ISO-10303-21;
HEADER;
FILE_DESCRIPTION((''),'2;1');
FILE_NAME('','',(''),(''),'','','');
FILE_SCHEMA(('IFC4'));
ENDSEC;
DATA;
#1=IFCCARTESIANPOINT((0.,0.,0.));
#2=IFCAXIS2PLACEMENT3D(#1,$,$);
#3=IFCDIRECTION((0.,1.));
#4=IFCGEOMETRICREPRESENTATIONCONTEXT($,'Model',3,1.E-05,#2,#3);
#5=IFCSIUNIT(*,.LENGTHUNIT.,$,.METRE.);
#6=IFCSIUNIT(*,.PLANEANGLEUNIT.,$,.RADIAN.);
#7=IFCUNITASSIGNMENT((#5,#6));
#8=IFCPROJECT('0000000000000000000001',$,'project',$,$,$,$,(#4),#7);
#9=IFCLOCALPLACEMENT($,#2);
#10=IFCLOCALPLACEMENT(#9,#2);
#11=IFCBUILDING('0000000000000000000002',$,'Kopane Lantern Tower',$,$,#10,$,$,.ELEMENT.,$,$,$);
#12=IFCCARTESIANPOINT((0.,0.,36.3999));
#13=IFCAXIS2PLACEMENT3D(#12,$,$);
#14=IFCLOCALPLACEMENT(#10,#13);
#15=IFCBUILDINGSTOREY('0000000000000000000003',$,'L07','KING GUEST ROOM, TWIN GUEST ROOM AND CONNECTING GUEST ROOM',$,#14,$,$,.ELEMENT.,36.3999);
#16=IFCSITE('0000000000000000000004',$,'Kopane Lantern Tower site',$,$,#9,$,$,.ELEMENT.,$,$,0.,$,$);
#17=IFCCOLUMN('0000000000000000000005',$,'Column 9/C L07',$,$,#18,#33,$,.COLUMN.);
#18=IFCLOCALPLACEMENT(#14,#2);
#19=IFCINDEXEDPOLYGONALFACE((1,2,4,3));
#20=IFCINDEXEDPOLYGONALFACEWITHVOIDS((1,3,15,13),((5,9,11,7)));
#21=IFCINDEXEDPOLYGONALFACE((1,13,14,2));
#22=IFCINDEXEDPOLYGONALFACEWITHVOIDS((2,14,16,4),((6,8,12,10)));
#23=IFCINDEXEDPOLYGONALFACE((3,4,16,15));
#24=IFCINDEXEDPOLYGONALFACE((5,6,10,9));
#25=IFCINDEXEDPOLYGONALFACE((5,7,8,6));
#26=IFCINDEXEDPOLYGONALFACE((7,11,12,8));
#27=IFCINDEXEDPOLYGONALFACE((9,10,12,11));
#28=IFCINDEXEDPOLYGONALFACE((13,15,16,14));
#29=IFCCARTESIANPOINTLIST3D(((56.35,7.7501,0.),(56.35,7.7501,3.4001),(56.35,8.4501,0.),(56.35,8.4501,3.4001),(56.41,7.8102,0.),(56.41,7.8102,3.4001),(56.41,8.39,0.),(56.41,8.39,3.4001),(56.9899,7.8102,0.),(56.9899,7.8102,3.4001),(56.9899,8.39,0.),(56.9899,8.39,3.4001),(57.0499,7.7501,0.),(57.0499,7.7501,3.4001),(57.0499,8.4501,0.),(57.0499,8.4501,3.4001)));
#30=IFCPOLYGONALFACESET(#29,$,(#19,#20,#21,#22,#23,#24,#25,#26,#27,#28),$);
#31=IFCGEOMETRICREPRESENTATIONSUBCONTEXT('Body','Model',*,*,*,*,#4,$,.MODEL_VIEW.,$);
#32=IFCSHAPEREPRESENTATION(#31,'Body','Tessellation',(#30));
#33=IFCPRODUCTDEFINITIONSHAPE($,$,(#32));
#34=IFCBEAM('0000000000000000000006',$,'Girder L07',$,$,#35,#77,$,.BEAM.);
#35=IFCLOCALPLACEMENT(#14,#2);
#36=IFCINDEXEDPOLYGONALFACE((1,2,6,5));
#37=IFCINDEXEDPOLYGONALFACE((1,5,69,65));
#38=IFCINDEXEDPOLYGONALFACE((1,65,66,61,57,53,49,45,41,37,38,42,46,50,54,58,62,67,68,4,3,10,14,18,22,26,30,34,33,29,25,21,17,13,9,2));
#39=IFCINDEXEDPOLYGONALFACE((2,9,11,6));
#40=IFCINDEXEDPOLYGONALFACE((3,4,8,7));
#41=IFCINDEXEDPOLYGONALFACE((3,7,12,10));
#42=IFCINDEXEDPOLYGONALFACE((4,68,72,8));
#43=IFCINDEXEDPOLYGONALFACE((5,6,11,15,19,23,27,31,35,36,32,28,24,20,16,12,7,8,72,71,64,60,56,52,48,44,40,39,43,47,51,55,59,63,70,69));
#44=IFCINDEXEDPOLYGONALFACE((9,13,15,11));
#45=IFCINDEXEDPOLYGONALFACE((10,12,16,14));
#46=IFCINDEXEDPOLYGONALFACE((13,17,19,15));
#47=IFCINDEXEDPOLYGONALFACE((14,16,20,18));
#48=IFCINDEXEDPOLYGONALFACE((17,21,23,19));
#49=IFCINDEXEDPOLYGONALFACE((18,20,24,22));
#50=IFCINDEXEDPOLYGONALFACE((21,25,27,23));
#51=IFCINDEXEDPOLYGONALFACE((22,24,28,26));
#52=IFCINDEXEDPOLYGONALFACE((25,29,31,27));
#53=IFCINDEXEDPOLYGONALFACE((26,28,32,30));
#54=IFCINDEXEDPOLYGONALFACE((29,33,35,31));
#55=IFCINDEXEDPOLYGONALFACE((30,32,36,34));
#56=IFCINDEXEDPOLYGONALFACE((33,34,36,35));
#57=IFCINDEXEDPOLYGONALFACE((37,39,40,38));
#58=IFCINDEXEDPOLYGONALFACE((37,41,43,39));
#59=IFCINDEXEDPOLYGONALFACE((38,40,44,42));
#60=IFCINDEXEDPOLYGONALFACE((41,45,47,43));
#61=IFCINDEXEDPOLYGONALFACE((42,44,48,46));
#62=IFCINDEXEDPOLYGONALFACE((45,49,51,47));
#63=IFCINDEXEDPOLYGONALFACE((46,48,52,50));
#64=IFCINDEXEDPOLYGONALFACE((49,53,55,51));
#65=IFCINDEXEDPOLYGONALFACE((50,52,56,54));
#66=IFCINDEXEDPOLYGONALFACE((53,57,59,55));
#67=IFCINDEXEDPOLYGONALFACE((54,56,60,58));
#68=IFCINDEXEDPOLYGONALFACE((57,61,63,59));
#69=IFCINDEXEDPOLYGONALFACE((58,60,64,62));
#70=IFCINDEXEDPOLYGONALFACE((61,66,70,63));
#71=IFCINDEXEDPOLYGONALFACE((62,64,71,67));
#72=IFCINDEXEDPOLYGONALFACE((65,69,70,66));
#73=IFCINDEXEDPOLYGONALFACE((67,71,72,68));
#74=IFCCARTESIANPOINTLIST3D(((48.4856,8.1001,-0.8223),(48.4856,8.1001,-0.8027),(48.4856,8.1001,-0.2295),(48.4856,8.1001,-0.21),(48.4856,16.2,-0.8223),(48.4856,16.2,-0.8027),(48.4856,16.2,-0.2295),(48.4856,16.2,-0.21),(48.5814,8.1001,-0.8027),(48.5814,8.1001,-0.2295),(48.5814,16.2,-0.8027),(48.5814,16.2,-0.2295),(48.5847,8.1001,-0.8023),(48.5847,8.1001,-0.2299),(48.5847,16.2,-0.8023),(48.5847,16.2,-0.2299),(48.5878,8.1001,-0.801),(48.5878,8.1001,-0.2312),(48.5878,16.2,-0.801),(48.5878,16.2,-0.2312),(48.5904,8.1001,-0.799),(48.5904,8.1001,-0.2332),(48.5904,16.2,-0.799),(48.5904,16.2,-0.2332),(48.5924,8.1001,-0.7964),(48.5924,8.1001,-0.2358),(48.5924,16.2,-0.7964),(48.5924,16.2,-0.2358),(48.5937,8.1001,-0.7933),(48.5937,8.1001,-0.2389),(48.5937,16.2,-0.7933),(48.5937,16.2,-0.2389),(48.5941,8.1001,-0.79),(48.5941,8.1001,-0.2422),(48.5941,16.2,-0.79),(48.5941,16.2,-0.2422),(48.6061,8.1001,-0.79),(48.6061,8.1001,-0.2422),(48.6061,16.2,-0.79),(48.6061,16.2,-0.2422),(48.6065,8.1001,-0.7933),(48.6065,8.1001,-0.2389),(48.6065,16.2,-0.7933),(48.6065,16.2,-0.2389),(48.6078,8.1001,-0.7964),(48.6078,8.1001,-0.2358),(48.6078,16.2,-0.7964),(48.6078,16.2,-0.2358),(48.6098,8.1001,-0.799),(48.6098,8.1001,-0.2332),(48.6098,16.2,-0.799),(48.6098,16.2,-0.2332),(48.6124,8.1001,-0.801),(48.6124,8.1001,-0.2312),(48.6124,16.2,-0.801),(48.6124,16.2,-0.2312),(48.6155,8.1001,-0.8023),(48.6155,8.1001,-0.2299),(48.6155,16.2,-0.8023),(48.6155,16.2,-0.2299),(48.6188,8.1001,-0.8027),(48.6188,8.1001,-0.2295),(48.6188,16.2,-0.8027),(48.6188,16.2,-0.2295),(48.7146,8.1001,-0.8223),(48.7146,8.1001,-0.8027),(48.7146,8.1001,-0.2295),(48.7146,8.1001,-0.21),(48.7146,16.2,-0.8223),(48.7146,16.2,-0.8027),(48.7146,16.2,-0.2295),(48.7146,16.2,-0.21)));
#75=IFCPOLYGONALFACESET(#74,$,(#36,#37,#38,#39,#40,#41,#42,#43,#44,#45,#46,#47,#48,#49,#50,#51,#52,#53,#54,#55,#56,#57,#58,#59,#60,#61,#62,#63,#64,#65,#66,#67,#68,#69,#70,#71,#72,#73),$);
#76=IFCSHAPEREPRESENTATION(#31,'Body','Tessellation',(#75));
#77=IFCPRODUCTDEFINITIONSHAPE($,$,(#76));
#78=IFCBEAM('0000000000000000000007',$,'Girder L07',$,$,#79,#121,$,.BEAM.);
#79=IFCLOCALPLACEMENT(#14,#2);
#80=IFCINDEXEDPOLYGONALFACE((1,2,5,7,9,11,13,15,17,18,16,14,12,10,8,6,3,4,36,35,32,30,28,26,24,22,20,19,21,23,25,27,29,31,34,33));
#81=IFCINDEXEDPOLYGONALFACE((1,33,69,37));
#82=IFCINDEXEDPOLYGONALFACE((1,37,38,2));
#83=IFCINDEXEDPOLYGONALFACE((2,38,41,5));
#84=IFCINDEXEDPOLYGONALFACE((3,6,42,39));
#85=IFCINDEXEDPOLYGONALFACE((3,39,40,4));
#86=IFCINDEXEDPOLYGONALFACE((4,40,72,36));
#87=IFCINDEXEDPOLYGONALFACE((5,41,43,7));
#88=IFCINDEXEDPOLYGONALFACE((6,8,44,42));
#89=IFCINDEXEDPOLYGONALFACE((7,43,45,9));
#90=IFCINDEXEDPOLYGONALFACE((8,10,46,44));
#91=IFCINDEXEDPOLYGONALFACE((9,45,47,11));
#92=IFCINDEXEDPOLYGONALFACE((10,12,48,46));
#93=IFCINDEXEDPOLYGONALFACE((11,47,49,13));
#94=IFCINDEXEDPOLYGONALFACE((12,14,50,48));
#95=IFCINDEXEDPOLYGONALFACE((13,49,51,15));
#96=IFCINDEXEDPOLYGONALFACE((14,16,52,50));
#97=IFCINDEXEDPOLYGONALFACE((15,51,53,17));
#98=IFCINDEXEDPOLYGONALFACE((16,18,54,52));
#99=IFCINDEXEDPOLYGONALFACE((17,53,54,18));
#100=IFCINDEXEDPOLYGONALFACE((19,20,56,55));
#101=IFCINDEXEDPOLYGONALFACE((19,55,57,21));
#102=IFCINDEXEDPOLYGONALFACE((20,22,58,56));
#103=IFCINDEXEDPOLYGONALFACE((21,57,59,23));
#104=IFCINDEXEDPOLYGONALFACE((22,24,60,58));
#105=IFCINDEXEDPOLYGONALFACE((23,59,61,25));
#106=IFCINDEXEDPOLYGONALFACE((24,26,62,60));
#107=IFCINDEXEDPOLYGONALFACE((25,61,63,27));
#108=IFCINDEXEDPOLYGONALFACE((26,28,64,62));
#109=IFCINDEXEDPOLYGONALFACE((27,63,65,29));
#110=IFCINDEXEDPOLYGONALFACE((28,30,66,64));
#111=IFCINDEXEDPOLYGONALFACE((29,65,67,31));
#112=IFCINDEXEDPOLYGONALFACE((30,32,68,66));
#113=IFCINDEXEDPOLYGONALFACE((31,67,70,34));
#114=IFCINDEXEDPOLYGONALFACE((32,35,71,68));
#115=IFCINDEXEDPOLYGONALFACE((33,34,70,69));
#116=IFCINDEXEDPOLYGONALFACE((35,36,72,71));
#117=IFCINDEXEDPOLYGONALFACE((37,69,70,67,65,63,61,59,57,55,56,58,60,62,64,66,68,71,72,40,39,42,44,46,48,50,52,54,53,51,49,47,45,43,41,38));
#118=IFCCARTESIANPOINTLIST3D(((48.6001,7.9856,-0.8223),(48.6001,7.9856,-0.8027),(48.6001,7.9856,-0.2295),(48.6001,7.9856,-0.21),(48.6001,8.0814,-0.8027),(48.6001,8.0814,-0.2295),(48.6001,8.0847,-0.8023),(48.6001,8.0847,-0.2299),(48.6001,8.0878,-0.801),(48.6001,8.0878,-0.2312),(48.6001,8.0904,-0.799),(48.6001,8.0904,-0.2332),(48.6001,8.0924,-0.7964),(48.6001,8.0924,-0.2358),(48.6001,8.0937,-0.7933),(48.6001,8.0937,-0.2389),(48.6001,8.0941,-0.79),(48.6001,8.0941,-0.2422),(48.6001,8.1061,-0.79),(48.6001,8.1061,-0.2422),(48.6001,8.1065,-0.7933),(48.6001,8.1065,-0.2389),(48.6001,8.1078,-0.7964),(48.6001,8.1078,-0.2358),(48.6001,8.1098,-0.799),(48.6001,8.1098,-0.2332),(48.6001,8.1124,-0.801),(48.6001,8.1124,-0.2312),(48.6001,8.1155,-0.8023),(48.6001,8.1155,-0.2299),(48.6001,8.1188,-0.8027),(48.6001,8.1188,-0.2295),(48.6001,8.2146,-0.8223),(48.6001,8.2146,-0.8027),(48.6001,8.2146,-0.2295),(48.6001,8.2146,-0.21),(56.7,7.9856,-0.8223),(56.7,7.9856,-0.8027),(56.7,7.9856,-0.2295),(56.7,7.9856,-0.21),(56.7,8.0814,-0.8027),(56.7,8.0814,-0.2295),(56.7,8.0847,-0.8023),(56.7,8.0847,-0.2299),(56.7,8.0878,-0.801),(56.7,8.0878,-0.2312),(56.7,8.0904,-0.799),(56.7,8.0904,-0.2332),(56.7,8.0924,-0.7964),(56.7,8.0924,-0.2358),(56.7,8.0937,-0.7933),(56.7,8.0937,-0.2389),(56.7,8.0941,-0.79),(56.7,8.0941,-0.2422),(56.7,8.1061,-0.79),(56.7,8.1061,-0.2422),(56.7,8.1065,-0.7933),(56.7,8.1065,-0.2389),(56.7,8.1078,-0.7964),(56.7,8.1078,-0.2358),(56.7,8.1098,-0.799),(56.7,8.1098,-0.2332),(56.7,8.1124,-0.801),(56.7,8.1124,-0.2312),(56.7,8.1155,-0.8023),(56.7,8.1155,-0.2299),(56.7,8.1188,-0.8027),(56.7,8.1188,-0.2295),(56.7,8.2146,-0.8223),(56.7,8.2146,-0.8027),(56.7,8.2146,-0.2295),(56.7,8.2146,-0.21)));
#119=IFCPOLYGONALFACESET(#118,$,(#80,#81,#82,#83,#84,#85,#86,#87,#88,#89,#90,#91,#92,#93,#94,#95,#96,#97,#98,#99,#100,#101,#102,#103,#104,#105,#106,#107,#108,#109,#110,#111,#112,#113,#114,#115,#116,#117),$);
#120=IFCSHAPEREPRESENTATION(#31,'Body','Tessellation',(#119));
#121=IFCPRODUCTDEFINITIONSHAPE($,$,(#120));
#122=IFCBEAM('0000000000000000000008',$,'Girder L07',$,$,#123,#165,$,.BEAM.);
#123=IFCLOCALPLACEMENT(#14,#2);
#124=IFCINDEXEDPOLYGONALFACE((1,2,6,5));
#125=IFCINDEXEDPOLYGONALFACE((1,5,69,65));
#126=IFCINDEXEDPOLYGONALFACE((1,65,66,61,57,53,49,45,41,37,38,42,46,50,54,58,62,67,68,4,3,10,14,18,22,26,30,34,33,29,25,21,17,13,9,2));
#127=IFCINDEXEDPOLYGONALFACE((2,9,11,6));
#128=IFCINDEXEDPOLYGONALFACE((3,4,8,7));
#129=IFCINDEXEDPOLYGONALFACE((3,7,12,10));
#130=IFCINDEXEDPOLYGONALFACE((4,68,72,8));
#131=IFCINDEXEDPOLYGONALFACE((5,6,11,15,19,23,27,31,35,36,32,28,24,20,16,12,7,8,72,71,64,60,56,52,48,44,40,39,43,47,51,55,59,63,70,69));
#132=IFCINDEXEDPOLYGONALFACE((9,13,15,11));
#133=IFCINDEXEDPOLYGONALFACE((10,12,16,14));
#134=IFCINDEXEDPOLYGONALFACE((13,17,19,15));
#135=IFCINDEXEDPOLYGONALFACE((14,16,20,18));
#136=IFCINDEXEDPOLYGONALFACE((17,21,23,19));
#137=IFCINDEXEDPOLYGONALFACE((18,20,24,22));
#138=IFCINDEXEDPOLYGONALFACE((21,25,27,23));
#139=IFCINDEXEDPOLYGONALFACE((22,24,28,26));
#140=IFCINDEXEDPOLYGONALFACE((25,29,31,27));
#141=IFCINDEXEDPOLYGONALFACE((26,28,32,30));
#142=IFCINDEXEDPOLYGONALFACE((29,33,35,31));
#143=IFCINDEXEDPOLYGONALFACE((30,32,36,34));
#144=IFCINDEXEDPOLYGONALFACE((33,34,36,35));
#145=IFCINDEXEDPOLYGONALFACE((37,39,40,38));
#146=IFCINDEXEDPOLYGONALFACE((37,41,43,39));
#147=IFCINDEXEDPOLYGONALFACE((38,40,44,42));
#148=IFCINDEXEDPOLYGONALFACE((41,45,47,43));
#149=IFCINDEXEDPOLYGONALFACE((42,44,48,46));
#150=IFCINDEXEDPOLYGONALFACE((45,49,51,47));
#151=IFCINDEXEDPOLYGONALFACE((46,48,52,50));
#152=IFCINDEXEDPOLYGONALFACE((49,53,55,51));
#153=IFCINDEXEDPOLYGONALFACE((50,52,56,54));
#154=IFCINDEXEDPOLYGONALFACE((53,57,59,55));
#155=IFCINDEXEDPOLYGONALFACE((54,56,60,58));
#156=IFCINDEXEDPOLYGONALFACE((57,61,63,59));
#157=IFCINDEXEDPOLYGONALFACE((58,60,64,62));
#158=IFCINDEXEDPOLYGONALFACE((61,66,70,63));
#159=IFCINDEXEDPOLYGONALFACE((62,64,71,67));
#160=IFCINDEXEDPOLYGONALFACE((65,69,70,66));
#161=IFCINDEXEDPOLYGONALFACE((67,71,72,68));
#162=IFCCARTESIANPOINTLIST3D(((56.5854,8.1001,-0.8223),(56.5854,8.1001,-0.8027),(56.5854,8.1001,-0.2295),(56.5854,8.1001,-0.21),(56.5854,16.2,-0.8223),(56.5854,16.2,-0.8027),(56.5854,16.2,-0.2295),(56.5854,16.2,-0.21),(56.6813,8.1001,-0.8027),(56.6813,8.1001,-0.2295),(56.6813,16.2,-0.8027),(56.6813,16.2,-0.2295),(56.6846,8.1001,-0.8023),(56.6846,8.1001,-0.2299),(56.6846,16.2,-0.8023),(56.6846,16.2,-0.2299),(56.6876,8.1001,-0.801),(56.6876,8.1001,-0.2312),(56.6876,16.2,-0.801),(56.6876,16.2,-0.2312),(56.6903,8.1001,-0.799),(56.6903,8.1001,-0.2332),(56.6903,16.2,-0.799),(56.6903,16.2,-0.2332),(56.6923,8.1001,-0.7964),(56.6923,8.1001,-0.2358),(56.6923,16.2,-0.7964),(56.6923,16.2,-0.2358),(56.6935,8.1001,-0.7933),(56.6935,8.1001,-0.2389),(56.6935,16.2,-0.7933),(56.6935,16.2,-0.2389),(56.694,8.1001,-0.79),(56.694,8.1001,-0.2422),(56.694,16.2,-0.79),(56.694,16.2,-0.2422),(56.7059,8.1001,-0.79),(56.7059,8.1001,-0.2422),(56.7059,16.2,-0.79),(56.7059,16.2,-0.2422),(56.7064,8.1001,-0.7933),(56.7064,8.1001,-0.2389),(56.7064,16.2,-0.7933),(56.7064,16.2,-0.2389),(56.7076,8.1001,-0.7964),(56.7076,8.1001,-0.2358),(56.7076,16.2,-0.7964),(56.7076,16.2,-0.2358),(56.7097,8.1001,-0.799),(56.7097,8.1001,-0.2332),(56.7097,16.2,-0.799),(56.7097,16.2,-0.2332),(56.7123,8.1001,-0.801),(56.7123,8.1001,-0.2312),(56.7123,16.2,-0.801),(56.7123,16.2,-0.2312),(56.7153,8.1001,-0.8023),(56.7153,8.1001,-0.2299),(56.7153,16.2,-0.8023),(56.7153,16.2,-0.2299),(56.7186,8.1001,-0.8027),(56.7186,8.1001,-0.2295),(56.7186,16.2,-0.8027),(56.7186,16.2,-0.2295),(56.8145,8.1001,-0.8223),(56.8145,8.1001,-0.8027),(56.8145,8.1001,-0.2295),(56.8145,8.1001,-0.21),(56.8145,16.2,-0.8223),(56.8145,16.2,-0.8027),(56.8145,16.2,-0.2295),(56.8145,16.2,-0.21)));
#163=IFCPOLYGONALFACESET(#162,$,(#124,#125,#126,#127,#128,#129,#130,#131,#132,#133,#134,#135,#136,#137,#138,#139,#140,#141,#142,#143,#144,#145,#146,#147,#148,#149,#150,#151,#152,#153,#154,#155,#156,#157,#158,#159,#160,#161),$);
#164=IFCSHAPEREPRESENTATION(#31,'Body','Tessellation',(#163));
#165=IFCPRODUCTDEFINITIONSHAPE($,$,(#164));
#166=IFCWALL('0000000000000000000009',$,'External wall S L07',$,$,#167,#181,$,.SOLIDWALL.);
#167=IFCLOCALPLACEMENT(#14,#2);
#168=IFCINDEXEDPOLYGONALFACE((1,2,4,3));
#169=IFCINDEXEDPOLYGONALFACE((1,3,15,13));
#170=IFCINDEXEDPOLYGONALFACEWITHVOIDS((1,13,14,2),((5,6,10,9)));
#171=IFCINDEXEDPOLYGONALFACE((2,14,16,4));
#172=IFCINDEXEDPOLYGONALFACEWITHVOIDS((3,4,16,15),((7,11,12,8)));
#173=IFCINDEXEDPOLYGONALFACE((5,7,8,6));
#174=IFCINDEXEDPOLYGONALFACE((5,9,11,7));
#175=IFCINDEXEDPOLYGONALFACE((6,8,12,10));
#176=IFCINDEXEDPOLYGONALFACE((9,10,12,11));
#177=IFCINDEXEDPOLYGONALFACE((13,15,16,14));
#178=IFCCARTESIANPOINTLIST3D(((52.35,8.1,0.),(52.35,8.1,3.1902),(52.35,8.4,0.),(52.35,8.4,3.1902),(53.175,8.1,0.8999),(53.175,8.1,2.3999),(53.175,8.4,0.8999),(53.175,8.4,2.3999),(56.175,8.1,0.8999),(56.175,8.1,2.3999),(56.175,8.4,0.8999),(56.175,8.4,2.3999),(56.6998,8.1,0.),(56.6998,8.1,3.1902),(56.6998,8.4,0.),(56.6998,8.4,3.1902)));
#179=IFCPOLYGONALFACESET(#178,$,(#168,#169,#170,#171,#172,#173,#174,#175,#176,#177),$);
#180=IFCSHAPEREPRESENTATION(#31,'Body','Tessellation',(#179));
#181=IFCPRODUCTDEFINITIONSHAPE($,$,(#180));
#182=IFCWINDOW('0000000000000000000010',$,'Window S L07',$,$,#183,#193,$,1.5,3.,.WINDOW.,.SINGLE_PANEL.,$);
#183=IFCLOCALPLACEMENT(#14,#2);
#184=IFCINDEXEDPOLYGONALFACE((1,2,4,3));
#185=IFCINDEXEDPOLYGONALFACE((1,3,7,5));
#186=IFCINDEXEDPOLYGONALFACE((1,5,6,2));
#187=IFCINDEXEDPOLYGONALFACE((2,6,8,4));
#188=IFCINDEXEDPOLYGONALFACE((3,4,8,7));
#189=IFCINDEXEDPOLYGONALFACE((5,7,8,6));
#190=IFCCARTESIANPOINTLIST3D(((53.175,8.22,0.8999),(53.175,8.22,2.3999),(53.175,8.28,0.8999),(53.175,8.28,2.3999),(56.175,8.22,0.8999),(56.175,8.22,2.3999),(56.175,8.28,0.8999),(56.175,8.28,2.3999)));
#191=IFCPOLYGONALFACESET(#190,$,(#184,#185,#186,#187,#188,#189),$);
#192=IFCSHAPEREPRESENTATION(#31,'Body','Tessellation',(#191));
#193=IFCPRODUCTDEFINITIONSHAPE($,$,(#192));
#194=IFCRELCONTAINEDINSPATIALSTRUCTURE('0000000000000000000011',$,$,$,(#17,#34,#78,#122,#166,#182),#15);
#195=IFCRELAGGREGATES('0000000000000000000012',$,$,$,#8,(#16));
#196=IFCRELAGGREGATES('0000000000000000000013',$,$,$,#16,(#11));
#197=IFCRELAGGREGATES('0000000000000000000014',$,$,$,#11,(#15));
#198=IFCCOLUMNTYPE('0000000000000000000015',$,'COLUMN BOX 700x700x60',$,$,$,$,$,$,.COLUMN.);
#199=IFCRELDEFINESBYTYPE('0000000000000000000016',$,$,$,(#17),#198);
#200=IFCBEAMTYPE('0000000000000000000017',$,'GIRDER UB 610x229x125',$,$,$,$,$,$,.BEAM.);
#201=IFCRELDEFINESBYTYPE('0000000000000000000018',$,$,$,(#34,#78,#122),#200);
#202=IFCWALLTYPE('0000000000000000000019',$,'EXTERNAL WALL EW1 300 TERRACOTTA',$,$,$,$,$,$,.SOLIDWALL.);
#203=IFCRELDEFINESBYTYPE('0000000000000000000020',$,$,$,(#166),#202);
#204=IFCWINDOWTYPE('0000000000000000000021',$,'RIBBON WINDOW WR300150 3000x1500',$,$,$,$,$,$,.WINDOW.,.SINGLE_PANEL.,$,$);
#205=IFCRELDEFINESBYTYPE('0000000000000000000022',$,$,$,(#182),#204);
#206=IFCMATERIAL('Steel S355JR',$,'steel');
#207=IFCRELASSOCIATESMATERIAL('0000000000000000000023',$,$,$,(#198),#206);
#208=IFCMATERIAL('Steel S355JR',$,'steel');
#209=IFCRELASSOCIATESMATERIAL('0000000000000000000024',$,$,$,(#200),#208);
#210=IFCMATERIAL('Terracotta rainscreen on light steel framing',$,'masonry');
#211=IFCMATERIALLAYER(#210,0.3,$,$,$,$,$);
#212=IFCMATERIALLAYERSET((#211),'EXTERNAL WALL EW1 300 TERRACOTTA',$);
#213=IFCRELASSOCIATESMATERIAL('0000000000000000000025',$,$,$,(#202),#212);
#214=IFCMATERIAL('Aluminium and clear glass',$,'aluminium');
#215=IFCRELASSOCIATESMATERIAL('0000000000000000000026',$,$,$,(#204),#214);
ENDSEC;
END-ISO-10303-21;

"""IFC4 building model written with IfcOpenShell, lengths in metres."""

from ifc_helpers import new_model, si_unit, direction, frame, frame_2d, origin, origin_2d, place, context, subcontext, project, spatial, rectangle, hollow_rectangle, i_section, extrude, material, layer, layer_set, material_profile, profile_set, type_object, element, fill, save


model = new_model("IFC4")

# Units and contexts
model_context = context("Model", 3, precision=1e-05, world=origin(), true_north=direction((0.0, 1.0)))
body_context = subcontext(model_context, "Body", "Model", "MODEL_VIEW")
ifc_project = project(units=[si_unit("LENGTHUNIT", "METRE"), si_unit("PLANEANGLEUNIT", "RADIAN")], contexts=[model_context])

# Site, building, storey
site_placement = place(None, origin())
site = spatial("IfcSite", under=ifc_project, at=site_placement, Name="Kopane Lantern Tower site", CompositionType="ELEMENT", RefElevation=0.0)
building_placement = place(site_placement, origin())
building = spatial("IfcBuilding", under=site, at=building_placement, Name="Kopane Lantern Tower", CompositionType="ELEMENT")
storey_placement = place(building_placement, frame((0.0, 0.0, 36.3999)))
storey = spatial("IfcBuildingStorey", under=building, at=storey_placement, Name="L07", Description="KING GUEST ROOM, TWIN GUEST ROOM AND CONNECTING GUEST ROOM", CompositionType="ELEMENT", Elevation=36.3999)

# Column
ifc_material_1 = material(Name="Steel S355JR", Category="steel")
ifc_material_profile_1 = material_profile(ifc_material_1, hollow_rectangle(XDim=0.7, YDim=0.7, WallThickness=0.0601, at=origin_2d()), Name="BOX 700x700x60")
ifc_profile_set_1 = profile_set([ifc_material_profile_1], Name="Steel S355JR")
column_type = type_object("IfcColumnType", Name="COLUMN BOX 700x700x60", PredefinedType="COLUMN", material=ifc_profile_set_1)
column_placement = place(storey_placement, frame((56.7, 8.1001, 0.0), z_axis=(0.0, 0.0, 1.0), x_axis=(1.0, 0.0, 0.0)))
element("IfcColumn", 1, at=column_placement, inside=storey, type_object=column_type, Name="Column 9/C L07", PredefinedType="COLUMN", context=body_context, shape_type="SweptSolid", body=[
    extrude(hollow_rectangle(XDim=0.7, YDim=0.7, WallThickness=0.0601, at=origin_2d()), origin(), (0.0, 0.0, 1.0), 3.4001),
])

# Beams
ifc_material_2 = material(Name="Steel S355JR", Category="steel")
ifc_material_profile_2 = material_profile(ifc_material_2, i_section(OverallWidth=0.229, OverallDepth=0.6123, WebThickness=0.012, FlangeThickness=0.0195, FilletRadius=0.0127, at=origin_2d()), Name="UB 610x229x125")
ifc_profile_set_2 = profile_set([ifc_material_profile_2], Name="Steel S355JR")
beam_type = type_object("IfcBeamType", Name="GIRDER UB 610x229x125", PredefinedType="BEAM", material=ifc_profile_set_2)
for number, where, z_axis, x_axis, name in (
    (2, (48.6001, 8.1001, -0.5161), (0.0, 1.0, 0.0), (-1.0, 0.0, 0.0), "Girder L07"),
    (3, (48.6001, 8.1001, -0.5161), (1.0, 0.0, 0.0), (0.0, 1.0, 0.0), "Girder L07"),
    (4, (56.7, 8.1001, -0.5161), (0.0, 1.0, 0.0), (-1.0, 0.0, 0.0), "Girder L07"),
):
    element("IfcBeam", number, at=place(storey_placement, frame(where, z_axis=z_axis, x_axis=x_axis)), inside=storey, type_object=beam_type, Name=name, PredefinedType="BEAM", context=body_context, shape_type="SweptSolid", body=[
        extrude(i_section(OverallWidth=0.229, OverallDepth=0.6123, WebThickness=0.012, FlangeThickness=0.0195, FilletRadius=0.0127, at=origin_2d()), origin(), (0.0, 0.0, 1.0), 8.0999),
    ])

# Wall, opening, window
ifc_material_3 = material(Name="Terracotta rainscreen on light steel framing", Category="masonry")
ifc_layer = layer(ifc_material_3, 0.3)
ifc_layer_set = layer_set([ifc_layer], Name="EXTERNAL WALL EW1 300 TERRACOTTA")
wall_type = type_object("IfcWallType", Name="EXTERNAL WALL EW1 300 TERRACOTTA", PredefinedType="SOLIDWALL", material=ifc_layer_set)
wall_1_placement = place(storey_placement, frame((52.3501, 8.25, 0.0), z_axis=(0.0, 0.0, 1.0), x_axis=(1.0, 0.0, 0.0)))
wall_1 = element("IfcWall", 5, at=wall_1_placement, inside=storey, type_object=wall_type, Name="External wall S L07", PredefinedType="SOLIDWALL", context=body_context, shape_type="SweptSolid", body=[
    extrude(rectangle(XDim=4.3499, YDim=0.3, at=frame_2d((2.1748, 0.0))), origin(), (0.0, 0.0, 1.0), 3.1902),
])
opening_1_placement = place(wall_1_placement, frame((0.825, 0.0, 0.8999)))
opening_1 = element("IfcOpeningElement", 6, at=opening_1_placement, cuts=wall_1, PredefinedType="OPENING", context=body_context, shape_type="SweptSolid", body=[
    extrude(rectangle(XDim=3.0, YDim=1.5, at=frame_2d((1.5, 0.75))), frame((0.0, 0.1599, 0.0), z_axis=(0.0, -1.0, 0.0), x_axis=(1.0, 0.0, 0.0)), (0.0, 0.0, 1.0), 0.3201),
])
ifc_material_4 = material(Name="Aluminium and clear glass", Category="aluminium")
window_type_1 = type_object("IfcWindowType", Name="RIBBON WINDOW WR300150 3000x1500", PartitioningType="SINGLE_PANEL", PredefinedType="WINDOW", material=ifc_material_4)
window_1_placement = place(opening_1_placement, origin())
window_1 = element("IfcWindow", 7, at=window_1_placement, inside=storey, type_object=window_type_1, Name="Window S L07", OverallHeight=1.5, OverallWidth=3.0, PartitioningType="SINGLE_PANEL", PredefinedType="WINDOW", context=body_context, shape_type="SweptSolid", body=[
    extrude(rectangle(XDim=3.0, YDim=1.5, at=frame_2d((1.5, 0.75))), frame((0.0, 0.03, 0.0), z_axis=(0.0, -1.0, 0.0), x_axis=(1.0, 0.0, 0.0)), (0.0, 0.0, 1.0), 0.0601),
])
fill(opening_1, window_1)

save(model, "model.ifc")
